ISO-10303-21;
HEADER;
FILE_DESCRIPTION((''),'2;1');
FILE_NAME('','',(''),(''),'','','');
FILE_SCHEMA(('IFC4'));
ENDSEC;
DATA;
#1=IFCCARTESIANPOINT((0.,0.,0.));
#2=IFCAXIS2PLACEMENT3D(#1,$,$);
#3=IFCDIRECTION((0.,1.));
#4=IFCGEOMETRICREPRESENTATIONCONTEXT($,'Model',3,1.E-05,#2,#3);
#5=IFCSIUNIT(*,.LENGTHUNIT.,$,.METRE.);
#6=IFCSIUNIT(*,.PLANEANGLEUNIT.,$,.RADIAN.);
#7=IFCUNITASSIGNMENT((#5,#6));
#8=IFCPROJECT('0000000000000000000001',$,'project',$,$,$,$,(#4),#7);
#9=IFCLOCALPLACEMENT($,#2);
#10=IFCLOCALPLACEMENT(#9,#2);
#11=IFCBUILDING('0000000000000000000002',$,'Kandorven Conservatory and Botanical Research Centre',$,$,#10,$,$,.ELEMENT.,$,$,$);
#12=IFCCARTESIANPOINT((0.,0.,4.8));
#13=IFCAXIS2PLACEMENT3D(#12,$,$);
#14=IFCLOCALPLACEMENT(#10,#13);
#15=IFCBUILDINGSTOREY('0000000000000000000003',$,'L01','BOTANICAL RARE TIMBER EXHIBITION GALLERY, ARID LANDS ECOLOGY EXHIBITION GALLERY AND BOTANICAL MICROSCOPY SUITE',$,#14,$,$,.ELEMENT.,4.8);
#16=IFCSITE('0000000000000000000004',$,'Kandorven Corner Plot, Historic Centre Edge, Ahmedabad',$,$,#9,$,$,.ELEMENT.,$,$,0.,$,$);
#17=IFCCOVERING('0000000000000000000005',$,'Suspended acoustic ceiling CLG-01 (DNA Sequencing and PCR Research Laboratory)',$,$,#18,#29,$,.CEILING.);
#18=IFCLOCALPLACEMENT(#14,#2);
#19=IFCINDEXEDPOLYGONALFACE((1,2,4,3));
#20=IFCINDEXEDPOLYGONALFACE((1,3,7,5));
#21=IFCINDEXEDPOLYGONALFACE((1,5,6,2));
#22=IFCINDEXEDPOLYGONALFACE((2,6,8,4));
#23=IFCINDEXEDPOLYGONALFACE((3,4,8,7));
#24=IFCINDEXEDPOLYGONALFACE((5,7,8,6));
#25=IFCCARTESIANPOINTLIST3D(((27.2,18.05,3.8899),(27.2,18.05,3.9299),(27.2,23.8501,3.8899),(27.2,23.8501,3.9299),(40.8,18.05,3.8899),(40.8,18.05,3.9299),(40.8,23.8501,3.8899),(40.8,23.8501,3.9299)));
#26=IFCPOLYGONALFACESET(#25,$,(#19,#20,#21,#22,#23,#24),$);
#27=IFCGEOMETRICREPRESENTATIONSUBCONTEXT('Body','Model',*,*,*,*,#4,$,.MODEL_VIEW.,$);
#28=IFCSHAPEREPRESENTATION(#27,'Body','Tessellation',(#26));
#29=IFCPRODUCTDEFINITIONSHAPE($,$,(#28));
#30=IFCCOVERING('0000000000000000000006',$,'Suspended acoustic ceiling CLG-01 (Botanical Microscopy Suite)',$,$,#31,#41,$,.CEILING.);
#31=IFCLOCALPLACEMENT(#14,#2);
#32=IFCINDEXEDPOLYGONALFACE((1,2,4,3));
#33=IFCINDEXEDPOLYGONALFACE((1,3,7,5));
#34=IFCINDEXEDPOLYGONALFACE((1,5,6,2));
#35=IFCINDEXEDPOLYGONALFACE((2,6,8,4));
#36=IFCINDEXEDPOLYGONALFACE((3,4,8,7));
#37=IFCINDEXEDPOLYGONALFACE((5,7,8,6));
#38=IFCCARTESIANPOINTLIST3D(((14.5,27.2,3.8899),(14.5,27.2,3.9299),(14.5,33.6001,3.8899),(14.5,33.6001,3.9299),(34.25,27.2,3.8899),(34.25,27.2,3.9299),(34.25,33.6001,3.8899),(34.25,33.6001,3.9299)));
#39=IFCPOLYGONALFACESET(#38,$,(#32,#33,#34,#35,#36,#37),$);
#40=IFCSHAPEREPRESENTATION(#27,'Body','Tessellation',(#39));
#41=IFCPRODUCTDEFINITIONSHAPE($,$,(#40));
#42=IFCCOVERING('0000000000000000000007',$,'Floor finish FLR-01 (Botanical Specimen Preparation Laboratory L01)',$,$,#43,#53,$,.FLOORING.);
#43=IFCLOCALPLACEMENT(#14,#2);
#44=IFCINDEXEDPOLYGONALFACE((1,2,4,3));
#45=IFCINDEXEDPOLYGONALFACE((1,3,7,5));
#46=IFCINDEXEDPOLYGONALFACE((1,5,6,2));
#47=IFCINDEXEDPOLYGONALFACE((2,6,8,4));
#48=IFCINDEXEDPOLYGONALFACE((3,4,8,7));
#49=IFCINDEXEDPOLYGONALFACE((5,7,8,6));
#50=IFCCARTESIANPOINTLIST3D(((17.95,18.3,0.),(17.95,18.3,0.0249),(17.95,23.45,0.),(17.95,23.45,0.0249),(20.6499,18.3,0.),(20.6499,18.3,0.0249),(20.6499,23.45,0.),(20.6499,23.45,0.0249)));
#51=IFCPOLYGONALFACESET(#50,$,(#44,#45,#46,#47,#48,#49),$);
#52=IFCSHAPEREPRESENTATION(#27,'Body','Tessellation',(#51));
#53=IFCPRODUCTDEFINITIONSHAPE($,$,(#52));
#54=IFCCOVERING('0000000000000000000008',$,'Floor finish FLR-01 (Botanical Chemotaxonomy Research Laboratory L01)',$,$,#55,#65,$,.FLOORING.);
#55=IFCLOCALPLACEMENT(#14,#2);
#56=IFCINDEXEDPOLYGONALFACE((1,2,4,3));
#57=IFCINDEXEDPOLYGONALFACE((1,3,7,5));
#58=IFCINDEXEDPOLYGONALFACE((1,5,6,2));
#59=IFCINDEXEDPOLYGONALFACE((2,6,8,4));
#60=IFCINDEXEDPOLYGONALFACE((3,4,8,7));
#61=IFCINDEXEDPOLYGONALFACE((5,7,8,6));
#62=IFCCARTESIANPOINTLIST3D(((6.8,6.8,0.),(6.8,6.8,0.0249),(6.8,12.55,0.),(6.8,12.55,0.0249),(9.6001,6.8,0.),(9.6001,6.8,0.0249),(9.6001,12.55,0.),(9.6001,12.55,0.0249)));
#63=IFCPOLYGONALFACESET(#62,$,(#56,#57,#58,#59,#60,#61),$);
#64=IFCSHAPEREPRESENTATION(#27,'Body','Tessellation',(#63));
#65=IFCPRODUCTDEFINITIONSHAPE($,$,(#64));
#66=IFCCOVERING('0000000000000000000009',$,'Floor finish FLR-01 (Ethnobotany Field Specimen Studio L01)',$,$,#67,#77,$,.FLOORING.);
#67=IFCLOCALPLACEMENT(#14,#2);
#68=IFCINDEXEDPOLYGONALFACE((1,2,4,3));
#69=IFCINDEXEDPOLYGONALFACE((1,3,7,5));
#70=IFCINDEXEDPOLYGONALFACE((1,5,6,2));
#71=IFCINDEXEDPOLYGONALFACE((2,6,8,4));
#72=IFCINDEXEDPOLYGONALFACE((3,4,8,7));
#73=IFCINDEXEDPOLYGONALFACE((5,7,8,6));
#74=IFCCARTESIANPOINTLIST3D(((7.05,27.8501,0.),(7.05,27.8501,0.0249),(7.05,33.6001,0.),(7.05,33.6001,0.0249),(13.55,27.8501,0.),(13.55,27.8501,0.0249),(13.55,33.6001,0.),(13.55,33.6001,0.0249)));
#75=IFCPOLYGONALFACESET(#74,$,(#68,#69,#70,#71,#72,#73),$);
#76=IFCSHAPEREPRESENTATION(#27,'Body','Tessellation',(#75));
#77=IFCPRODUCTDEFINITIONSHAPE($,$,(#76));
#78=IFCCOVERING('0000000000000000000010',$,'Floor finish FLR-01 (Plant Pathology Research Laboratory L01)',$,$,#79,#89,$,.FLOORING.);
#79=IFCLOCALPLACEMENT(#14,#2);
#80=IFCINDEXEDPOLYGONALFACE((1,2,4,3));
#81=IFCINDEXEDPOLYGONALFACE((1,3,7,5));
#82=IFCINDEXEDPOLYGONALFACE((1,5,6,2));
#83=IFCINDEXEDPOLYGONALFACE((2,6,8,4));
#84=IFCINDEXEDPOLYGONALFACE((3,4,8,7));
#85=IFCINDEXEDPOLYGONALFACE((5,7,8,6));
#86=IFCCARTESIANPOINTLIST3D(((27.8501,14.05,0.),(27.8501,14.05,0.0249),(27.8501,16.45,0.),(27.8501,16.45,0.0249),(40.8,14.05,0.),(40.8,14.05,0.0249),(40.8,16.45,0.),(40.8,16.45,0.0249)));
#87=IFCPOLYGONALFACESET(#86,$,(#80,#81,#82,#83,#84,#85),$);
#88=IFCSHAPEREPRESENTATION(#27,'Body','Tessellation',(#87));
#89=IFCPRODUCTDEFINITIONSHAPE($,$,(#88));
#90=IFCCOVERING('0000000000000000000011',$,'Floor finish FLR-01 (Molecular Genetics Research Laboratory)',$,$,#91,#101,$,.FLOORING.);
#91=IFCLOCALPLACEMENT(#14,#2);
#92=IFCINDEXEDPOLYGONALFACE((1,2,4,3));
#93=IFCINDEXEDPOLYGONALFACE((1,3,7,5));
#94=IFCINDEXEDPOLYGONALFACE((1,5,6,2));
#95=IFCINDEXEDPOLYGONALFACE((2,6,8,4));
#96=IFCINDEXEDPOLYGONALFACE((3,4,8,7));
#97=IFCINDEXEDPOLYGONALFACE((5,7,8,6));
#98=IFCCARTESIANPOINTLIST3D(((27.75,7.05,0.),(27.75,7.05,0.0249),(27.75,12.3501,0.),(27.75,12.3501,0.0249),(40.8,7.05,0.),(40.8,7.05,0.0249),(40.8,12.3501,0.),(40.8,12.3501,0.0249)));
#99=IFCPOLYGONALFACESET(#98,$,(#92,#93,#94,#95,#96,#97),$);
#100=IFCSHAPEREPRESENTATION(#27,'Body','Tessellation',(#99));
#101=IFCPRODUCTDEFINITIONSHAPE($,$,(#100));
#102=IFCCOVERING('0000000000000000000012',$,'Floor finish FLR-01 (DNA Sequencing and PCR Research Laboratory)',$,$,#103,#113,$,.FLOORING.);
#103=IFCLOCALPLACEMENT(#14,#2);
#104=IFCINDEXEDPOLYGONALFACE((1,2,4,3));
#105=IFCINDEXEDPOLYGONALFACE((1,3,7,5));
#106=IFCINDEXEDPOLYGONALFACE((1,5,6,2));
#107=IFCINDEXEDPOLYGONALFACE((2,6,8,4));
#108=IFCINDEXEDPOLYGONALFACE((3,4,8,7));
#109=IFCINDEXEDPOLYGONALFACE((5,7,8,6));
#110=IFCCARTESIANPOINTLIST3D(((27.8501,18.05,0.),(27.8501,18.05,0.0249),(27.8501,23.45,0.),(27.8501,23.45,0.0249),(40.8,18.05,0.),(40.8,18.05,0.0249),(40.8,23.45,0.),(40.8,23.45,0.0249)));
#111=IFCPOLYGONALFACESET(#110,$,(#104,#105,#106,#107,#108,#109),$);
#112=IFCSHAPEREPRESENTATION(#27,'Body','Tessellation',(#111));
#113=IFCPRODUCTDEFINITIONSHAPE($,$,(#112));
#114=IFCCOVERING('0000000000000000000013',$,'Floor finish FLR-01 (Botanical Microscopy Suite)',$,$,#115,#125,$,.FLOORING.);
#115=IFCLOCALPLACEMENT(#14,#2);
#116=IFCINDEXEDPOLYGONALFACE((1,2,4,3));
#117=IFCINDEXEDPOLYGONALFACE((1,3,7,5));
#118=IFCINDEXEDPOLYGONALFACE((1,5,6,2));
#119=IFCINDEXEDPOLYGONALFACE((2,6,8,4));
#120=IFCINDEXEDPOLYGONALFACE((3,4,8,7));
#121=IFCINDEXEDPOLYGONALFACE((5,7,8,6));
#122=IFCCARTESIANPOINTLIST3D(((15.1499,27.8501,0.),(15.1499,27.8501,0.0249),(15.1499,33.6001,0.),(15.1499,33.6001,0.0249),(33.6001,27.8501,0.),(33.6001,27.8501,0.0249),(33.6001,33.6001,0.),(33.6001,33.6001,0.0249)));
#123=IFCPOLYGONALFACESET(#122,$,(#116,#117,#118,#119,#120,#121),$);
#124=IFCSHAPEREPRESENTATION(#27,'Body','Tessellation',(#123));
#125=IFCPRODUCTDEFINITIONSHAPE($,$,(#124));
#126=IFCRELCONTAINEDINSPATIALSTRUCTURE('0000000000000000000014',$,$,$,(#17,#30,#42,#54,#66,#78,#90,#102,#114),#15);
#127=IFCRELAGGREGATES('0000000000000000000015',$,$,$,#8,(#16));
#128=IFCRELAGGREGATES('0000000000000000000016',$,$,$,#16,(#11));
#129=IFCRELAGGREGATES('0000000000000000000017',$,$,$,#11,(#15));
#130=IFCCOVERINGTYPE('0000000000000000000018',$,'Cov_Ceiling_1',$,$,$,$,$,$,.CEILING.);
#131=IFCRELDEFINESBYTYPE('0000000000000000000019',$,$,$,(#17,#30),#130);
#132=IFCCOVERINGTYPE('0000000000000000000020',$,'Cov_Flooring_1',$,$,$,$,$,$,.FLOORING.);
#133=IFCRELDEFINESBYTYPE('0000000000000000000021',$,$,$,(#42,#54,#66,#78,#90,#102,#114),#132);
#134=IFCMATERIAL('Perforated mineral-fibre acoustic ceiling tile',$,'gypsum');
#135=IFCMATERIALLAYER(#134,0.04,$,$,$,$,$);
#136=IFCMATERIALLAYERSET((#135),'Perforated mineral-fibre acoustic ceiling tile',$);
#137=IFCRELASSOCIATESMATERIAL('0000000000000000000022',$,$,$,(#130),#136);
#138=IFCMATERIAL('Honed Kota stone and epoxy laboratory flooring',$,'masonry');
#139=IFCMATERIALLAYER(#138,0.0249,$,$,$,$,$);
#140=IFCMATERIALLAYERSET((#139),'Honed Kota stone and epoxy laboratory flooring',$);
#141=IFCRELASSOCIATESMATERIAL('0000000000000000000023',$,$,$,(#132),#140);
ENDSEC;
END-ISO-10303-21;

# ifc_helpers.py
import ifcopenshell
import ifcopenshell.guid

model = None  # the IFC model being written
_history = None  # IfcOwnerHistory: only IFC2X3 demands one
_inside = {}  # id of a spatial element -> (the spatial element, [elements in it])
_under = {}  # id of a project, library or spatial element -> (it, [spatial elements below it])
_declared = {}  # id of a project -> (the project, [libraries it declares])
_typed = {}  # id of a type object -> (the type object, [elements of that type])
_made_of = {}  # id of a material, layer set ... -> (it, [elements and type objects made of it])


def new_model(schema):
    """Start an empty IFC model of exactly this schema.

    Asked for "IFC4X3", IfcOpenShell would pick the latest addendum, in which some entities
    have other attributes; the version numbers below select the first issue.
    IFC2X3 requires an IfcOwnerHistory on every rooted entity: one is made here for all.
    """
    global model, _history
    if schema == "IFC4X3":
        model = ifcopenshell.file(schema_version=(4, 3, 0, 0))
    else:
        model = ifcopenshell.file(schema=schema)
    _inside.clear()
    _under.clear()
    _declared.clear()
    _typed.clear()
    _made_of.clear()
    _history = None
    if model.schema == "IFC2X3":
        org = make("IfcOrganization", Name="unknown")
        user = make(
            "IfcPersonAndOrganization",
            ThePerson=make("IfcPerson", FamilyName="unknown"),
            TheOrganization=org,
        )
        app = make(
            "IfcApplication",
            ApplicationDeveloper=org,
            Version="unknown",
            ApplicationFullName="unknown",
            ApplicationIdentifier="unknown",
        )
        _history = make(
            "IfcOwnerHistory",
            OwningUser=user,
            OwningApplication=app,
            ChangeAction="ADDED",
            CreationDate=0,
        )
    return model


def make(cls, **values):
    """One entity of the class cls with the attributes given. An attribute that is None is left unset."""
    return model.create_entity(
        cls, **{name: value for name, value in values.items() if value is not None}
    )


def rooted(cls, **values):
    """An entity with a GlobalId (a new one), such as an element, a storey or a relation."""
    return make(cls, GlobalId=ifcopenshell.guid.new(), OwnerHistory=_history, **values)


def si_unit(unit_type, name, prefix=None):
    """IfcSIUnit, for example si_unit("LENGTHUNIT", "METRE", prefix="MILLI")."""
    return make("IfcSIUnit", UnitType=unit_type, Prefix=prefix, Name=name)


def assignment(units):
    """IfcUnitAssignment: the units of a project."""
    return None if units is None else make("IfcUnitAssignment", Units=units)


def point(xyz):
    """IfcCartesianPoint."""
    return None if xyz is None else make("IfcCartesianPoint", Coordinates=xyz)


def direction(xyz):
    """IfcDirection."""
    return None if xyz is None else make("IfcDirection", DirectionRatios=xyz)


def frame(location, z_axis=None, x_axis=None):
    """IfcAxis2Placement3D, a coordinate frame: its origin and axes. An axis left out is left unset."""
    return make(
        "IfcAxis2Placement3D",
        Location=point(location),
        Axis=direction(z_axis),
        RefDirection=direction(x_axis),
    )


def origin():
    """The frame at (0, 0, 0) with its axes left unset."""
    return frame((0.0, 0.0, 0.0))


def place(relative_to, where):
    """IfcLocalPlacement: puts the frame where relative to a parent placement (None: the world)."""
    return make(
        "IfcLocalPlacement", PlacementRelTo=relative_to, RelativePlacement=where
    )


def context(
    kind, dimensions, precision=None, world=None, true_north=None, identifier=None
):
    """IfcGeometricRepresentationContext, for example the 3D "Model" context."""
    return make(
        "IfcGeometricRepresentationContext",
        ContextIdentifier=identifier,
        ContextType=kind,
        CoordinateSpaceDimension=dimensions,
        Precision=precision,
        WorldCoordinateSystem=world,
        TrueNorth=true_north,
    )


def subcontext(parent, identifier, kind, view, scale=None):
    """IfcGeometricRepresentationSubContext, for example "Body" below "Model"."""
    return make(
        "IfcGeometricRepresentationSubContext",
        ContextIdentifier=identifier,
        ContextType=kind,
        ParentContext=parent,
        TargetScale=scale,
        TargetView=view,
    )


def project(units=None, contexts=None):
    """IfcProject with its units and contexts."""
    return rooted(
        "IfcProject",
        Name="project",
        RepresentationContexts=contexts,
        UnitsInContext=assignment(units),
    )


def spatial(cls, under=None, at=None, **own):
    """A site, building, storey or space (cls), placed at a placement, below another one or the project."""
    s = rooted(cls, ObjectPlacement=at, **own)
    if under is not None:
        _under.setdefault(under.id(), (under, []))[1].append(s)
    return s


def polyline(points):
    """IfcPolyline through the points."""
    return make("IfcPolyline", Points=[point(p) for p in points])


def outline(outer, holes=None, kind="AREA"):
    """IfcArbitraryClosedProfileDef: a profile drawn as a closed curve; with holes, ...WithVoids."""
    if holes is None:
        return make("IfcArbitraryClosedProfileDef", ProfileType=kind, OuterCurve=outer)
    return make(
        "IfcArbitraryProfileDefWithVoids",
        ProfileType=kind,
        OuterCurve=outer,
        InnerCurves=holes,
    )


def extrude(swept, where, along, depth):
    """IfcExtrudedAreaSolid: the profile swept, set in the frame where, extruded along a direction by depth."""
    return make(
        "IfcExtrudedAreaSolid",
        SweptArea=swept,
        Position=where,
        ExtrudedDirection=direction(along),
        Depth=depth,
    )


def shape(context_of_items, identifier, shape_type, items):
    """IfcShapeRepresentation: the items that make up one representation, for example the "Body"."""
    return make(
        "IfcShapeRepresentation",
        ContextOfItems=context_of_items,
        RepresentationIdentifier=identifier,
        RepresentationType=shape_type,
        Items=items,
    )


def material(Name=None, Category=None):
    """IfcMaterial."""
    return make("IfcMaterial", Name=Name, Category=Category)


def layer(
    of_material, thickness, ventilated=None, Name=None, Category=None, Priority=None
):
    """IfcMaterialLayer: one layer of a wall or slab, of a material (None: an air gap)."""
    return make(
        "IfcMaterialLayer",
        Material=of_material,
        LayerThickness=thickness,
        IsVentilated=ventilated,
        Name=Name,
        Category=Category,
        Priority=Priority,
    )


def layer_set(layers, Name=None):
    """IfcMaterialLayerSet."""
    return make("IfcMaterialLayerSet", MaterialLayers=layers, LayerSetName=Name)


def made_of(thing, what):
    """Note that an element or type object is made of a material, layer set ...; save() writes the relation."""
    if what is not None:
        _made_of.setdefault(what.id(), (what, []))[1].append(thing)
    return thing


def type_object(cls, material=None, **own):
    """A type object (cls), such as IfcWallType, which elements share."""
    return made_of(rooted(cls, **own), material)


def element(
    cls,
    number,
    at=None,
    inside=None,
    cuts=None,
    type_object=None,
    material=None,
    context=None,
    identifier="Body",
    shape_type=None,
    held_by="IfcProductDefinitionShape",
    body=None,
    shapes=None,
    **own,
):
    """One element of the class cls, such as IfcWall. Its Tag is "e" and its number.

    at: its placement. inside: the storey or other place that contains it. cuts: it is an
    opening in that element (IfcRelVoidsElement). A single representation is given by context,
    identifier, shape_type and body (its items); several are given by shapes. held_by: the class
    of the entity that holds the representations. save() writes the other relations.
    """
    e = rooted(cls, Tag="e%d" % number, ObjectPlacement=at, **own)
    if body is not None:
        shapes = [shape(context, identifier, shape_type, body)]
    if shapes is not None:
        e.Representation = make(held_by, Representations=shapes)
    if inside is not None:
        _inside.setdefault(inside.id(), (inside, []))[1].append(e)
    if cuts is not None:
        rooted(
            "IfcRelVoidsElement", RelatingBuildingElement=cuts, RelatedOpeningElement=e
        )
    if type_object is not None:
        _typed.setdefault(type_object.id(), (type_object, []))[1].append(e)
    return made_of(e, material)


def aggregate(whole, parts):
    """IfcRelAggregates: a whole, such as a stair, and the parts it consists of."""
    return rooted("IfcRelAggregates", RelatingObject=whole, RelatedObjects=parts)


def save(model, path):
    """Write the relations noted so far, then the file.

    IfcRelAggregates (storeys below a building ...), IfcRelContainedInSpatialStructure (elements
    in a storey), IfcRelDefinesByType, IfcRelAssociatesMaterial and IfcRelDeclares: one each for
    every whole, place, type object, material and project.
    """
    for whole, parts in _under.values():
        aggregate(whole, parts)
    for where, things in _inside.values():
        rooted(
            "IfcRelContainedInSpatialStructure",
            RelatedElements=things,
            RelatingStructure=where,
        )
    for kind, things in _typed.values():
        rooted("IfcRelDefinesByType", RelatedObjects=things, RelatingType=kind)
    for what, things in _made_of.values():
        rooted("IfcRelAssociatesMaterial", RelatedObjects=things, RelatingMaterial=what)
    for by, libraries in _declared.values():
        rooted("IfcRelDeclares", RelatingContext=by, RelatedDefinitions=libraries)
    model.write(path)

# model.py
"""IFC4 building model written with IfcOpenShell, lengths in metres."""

from ifc_helpers import new_model, si_unit, direction, frame, origin, place, context, subcontext, project, spatial, polyline, outline, extrude, material, layer, layer_set, type_object, element, save


model = new_model("IFC4")

# Units and contexts
model_context = context("Model", 3, precision=1e-05, world=origin(), true_north=direction((0.0, 1.0)))
body_context = subcontext(model_context, "Body", "Model", "MODEL_VIEW")
ifc_project = project(units=[si_unit("LENGTHUNIT", "METRE"), si_unit("PLANEANGLEUNIT", "RADIAN")], contexts=[model_context])

# Site, building, storey
site_placement = place(None, origin())
site = spatial("IfcSite", under=ifc_project, at=site_placement, Name="Kandorven Corner Plot, Historic Centre Edge, Ahmedabad", CompositionType="ELEMENT", RefElevation=0.0)
building_placement = place(site_placement, origin())
building = spatial("IfcBuilding", under=site, at=building_placement, Name="Kandorven Conservatory and Botanical Research Centre", CompositionType="ELEMENT")
storey_placement = place(building_placement, frame((0.0, 0.0, 4.8)))
storey = spatial("IfcBuildingStorey", under=building, at=storey_placement, Name="L01", Description="BOTANICAL RARE TIMBER EXHIBITION GALLERY, ARID LANDS ECOLOGY EXHIBITION GALLERY AND BOTANICAL MICROSCOPY SUITE", CompositionType="ELEMENT", Elevation=4.8)

# Coverings
ifc_material_1 = material(Name="Perforated mineral-fibre acoustic ceiling tile", Category="gypsum")
ifc_layer_1 = layer(ifc_material_1, 0.04)
ifc_layer_set_1 = layer_set([ifc_layer_1], Name="Perforated mineral-fibre acoustic ceiling tile")
covering_type_1 = type_object("IfcCoveringType", Name="Cov_Ceiling_1", PredefinedType="CEILING", material=ifc_layer_set_1)
covering_1_placement = place(storey_placement, frame((0.0, 0.0, 3.8899)))
element("IfcCovering", 1, at=covering_1_placement, inside=storey, type_object=covering_type_1, Name="Suspended acoustic ceiling CLG-01 (DNA Sequencing and PCR Research Laboratory)", PredefinedType="CEILING", context=body_context, shape_type="SweptSolid", body=[
    extrude(outline(polyline([(27.2, 18.05), (40.8, 18.05), (40.8, 23.8501), (27.2, 23.8501), (27.2, 18.05)])), origin(), (0.0, 0.0, 1.0), 0.04),
])
covering_2_placement = place(storey_placement, frame((0.0, 0.0, 3.8899)))
element("IfcCovering", 2, at=covering_2_placement, inside=storey, type_object=covering_type_1, Name="Suspended acoustic ceiling CLG-01 (Botanical Microscopy Suite)", PredefinedType="CEILING", context=body_context, shape_type="SweptSolid", body=[
    extrude(outline(polyline([(14.5, 27.2), (34.25, 27.2), (34.25, 33.6001), (14.5, 33.6001), (14.5, 27.2)])), origin(), (0.0, 0.0, 1.0), 0.04),
])
ifc_material_2 = material(Name="Honed Kota stone and epoxy laboratory flooring", Category="masonry")
ifc_layer_2 = layer(ifc_material_2, 0.0249)
ifc_layer_set_2 = layer_set([ifc_layer_2], Name="Honed Kota stone and epoxy laboratory flooring")
covering_type_2 = type_object("IfcCoveringType", Name="Cov_Flooring_1", PredefinedType="FLOORING", material=ifc_layer_set_2)
covering_3_placement = place(storey_placement, origin())
element("IfcCovering", 3, at=covering_3_placement, inside=storey, type_object=covering_type_2, Name="Floor finish FLR-01 (Botanical Specimen Preparation Laboratory L01)", PredefinedType="FLOORING", context=body_context, shape_type="SweptSolid", body=[
    extrude(outline(polyline([(17.95, 18.3), (20.6499, 18.3), (20.6499, 23.45), (17.95, 23.45), (17.95, 18.3)])), origin(), (0.0, 0.0, 1.0), 0.0249),
])
covering_4_placement = place(storey_placement, origin())
element("IfcCovering", 4, at=covering_4_placement, inside=storey, type_object=covering_type_2, Name="Floor finish FLR-01 (Botanical Chemotaxonomy Research Laboratory L01)", PredefinedType="FLOORING", context=body_context, shape_type="SweptSolid", body=[
    extrude(outline(polyline([(6.8, 6.8), (9.6001, 6.8), (9.6001, 12.55), (6.8, 12.55), (6.8, 6.8)])), origin(), (0.0, 0.0, 1.0), 0.0249),
])
covering_5_placement = place(storey_placement, origin())
element("IfcCovering", 5, at=covering_5_placement, inside=storey, type_object=covering_type_2, Name="Floor finish FLR-01 (Ethnobotany Field Specimen Studio L01)", PredefinedType="FLOORING", context=body_context, shape_type="SweptSolid", body=[
    extrude(outline(polyline([(7.05, 27.8501), (13.55, 27.8501), (13.55, 33.6001), (7.05, 33.6001), (7.05, 27.8501)])), origin(), (0.0, 0.0, 1.0), 0.0249),
])
covering_6_placement = place(storey_placement, origin())
element("IfcCovering", 6, at=covering_6_placement, inside=storey, type_object=covering_type_2, Name="Floor finish FLR-01 (Plant Pathology Research Laboratory L01)", PredefinedType="FLOORING", context=body_context, shape_type="SweptSolid", body=[
    extrude(outline(polyline([(27.8501, 14.05), (40.8, 14.05), (40.8, 16.45), (27.8501, 16.45), (27.8501, 14.05)])), origin(), (0.0, 0.0, 1.0), 0.0249),
])
covering_7_placement = place(storey_placement, origin())
element("IfcCovering", 7, at=covering_7_placement, inside=storey, type_object=covering_type_2, Name="Floor finish FLR-01 (Molecular Genetics Research Laboratory)", PredefinedType="FLOORING", context=body_context, shape_type="SweptSolid", body=[
    extrude(outline(polyline([(27.75, 7.05), (40.8, 7.05), (40.8, 12.3501), (27.75, 12.3501), (27.75, 7.05)])), origin(), (0.0, 0.0, 1.0), 0.0249),
])
covering_8_placement = place(storey_placement, origin())
element("IfcCovering", 8, at=covering_8_placement, inside=storey, type_object=covering_type_2, Name="Floor finish FLR-01 (DNA Sequencing and PCR Research Laboratory)", PredefinedType="FLOORING", context=body_context, shape_type="SweptSolid", body=[
    extrude(outline(polyline([(27.8501, 18.05), (40.8, 18.05), (40.8, 23.45), (27.8501, 23.45), (27.8501, 18.05)])), origin(), (0.0, 0.0, 1.0), 0.0249),
])
covering_9_placement = place(storey_placement, origin())
element("IfcCovering", 9, at=covering_9_placement, inside=storey, type_object=covering_type_2, Name="Floor finish FLR-01 (Botanical Microscopy Suite)", PredefinedType="FLOORING", context=body_context, shape_type="SweptSolid", body=[
    extrude(outline(polyline([(15.1499, 27.8501), (33.6001, 27.8501), (33.6001, 33.6001), (15.1499, 33.6001), (15.1499, 27.8501)])), origin(), (0.0, 0.0, 1.0), 0.0249),
])

save(model, "model.ifc")
